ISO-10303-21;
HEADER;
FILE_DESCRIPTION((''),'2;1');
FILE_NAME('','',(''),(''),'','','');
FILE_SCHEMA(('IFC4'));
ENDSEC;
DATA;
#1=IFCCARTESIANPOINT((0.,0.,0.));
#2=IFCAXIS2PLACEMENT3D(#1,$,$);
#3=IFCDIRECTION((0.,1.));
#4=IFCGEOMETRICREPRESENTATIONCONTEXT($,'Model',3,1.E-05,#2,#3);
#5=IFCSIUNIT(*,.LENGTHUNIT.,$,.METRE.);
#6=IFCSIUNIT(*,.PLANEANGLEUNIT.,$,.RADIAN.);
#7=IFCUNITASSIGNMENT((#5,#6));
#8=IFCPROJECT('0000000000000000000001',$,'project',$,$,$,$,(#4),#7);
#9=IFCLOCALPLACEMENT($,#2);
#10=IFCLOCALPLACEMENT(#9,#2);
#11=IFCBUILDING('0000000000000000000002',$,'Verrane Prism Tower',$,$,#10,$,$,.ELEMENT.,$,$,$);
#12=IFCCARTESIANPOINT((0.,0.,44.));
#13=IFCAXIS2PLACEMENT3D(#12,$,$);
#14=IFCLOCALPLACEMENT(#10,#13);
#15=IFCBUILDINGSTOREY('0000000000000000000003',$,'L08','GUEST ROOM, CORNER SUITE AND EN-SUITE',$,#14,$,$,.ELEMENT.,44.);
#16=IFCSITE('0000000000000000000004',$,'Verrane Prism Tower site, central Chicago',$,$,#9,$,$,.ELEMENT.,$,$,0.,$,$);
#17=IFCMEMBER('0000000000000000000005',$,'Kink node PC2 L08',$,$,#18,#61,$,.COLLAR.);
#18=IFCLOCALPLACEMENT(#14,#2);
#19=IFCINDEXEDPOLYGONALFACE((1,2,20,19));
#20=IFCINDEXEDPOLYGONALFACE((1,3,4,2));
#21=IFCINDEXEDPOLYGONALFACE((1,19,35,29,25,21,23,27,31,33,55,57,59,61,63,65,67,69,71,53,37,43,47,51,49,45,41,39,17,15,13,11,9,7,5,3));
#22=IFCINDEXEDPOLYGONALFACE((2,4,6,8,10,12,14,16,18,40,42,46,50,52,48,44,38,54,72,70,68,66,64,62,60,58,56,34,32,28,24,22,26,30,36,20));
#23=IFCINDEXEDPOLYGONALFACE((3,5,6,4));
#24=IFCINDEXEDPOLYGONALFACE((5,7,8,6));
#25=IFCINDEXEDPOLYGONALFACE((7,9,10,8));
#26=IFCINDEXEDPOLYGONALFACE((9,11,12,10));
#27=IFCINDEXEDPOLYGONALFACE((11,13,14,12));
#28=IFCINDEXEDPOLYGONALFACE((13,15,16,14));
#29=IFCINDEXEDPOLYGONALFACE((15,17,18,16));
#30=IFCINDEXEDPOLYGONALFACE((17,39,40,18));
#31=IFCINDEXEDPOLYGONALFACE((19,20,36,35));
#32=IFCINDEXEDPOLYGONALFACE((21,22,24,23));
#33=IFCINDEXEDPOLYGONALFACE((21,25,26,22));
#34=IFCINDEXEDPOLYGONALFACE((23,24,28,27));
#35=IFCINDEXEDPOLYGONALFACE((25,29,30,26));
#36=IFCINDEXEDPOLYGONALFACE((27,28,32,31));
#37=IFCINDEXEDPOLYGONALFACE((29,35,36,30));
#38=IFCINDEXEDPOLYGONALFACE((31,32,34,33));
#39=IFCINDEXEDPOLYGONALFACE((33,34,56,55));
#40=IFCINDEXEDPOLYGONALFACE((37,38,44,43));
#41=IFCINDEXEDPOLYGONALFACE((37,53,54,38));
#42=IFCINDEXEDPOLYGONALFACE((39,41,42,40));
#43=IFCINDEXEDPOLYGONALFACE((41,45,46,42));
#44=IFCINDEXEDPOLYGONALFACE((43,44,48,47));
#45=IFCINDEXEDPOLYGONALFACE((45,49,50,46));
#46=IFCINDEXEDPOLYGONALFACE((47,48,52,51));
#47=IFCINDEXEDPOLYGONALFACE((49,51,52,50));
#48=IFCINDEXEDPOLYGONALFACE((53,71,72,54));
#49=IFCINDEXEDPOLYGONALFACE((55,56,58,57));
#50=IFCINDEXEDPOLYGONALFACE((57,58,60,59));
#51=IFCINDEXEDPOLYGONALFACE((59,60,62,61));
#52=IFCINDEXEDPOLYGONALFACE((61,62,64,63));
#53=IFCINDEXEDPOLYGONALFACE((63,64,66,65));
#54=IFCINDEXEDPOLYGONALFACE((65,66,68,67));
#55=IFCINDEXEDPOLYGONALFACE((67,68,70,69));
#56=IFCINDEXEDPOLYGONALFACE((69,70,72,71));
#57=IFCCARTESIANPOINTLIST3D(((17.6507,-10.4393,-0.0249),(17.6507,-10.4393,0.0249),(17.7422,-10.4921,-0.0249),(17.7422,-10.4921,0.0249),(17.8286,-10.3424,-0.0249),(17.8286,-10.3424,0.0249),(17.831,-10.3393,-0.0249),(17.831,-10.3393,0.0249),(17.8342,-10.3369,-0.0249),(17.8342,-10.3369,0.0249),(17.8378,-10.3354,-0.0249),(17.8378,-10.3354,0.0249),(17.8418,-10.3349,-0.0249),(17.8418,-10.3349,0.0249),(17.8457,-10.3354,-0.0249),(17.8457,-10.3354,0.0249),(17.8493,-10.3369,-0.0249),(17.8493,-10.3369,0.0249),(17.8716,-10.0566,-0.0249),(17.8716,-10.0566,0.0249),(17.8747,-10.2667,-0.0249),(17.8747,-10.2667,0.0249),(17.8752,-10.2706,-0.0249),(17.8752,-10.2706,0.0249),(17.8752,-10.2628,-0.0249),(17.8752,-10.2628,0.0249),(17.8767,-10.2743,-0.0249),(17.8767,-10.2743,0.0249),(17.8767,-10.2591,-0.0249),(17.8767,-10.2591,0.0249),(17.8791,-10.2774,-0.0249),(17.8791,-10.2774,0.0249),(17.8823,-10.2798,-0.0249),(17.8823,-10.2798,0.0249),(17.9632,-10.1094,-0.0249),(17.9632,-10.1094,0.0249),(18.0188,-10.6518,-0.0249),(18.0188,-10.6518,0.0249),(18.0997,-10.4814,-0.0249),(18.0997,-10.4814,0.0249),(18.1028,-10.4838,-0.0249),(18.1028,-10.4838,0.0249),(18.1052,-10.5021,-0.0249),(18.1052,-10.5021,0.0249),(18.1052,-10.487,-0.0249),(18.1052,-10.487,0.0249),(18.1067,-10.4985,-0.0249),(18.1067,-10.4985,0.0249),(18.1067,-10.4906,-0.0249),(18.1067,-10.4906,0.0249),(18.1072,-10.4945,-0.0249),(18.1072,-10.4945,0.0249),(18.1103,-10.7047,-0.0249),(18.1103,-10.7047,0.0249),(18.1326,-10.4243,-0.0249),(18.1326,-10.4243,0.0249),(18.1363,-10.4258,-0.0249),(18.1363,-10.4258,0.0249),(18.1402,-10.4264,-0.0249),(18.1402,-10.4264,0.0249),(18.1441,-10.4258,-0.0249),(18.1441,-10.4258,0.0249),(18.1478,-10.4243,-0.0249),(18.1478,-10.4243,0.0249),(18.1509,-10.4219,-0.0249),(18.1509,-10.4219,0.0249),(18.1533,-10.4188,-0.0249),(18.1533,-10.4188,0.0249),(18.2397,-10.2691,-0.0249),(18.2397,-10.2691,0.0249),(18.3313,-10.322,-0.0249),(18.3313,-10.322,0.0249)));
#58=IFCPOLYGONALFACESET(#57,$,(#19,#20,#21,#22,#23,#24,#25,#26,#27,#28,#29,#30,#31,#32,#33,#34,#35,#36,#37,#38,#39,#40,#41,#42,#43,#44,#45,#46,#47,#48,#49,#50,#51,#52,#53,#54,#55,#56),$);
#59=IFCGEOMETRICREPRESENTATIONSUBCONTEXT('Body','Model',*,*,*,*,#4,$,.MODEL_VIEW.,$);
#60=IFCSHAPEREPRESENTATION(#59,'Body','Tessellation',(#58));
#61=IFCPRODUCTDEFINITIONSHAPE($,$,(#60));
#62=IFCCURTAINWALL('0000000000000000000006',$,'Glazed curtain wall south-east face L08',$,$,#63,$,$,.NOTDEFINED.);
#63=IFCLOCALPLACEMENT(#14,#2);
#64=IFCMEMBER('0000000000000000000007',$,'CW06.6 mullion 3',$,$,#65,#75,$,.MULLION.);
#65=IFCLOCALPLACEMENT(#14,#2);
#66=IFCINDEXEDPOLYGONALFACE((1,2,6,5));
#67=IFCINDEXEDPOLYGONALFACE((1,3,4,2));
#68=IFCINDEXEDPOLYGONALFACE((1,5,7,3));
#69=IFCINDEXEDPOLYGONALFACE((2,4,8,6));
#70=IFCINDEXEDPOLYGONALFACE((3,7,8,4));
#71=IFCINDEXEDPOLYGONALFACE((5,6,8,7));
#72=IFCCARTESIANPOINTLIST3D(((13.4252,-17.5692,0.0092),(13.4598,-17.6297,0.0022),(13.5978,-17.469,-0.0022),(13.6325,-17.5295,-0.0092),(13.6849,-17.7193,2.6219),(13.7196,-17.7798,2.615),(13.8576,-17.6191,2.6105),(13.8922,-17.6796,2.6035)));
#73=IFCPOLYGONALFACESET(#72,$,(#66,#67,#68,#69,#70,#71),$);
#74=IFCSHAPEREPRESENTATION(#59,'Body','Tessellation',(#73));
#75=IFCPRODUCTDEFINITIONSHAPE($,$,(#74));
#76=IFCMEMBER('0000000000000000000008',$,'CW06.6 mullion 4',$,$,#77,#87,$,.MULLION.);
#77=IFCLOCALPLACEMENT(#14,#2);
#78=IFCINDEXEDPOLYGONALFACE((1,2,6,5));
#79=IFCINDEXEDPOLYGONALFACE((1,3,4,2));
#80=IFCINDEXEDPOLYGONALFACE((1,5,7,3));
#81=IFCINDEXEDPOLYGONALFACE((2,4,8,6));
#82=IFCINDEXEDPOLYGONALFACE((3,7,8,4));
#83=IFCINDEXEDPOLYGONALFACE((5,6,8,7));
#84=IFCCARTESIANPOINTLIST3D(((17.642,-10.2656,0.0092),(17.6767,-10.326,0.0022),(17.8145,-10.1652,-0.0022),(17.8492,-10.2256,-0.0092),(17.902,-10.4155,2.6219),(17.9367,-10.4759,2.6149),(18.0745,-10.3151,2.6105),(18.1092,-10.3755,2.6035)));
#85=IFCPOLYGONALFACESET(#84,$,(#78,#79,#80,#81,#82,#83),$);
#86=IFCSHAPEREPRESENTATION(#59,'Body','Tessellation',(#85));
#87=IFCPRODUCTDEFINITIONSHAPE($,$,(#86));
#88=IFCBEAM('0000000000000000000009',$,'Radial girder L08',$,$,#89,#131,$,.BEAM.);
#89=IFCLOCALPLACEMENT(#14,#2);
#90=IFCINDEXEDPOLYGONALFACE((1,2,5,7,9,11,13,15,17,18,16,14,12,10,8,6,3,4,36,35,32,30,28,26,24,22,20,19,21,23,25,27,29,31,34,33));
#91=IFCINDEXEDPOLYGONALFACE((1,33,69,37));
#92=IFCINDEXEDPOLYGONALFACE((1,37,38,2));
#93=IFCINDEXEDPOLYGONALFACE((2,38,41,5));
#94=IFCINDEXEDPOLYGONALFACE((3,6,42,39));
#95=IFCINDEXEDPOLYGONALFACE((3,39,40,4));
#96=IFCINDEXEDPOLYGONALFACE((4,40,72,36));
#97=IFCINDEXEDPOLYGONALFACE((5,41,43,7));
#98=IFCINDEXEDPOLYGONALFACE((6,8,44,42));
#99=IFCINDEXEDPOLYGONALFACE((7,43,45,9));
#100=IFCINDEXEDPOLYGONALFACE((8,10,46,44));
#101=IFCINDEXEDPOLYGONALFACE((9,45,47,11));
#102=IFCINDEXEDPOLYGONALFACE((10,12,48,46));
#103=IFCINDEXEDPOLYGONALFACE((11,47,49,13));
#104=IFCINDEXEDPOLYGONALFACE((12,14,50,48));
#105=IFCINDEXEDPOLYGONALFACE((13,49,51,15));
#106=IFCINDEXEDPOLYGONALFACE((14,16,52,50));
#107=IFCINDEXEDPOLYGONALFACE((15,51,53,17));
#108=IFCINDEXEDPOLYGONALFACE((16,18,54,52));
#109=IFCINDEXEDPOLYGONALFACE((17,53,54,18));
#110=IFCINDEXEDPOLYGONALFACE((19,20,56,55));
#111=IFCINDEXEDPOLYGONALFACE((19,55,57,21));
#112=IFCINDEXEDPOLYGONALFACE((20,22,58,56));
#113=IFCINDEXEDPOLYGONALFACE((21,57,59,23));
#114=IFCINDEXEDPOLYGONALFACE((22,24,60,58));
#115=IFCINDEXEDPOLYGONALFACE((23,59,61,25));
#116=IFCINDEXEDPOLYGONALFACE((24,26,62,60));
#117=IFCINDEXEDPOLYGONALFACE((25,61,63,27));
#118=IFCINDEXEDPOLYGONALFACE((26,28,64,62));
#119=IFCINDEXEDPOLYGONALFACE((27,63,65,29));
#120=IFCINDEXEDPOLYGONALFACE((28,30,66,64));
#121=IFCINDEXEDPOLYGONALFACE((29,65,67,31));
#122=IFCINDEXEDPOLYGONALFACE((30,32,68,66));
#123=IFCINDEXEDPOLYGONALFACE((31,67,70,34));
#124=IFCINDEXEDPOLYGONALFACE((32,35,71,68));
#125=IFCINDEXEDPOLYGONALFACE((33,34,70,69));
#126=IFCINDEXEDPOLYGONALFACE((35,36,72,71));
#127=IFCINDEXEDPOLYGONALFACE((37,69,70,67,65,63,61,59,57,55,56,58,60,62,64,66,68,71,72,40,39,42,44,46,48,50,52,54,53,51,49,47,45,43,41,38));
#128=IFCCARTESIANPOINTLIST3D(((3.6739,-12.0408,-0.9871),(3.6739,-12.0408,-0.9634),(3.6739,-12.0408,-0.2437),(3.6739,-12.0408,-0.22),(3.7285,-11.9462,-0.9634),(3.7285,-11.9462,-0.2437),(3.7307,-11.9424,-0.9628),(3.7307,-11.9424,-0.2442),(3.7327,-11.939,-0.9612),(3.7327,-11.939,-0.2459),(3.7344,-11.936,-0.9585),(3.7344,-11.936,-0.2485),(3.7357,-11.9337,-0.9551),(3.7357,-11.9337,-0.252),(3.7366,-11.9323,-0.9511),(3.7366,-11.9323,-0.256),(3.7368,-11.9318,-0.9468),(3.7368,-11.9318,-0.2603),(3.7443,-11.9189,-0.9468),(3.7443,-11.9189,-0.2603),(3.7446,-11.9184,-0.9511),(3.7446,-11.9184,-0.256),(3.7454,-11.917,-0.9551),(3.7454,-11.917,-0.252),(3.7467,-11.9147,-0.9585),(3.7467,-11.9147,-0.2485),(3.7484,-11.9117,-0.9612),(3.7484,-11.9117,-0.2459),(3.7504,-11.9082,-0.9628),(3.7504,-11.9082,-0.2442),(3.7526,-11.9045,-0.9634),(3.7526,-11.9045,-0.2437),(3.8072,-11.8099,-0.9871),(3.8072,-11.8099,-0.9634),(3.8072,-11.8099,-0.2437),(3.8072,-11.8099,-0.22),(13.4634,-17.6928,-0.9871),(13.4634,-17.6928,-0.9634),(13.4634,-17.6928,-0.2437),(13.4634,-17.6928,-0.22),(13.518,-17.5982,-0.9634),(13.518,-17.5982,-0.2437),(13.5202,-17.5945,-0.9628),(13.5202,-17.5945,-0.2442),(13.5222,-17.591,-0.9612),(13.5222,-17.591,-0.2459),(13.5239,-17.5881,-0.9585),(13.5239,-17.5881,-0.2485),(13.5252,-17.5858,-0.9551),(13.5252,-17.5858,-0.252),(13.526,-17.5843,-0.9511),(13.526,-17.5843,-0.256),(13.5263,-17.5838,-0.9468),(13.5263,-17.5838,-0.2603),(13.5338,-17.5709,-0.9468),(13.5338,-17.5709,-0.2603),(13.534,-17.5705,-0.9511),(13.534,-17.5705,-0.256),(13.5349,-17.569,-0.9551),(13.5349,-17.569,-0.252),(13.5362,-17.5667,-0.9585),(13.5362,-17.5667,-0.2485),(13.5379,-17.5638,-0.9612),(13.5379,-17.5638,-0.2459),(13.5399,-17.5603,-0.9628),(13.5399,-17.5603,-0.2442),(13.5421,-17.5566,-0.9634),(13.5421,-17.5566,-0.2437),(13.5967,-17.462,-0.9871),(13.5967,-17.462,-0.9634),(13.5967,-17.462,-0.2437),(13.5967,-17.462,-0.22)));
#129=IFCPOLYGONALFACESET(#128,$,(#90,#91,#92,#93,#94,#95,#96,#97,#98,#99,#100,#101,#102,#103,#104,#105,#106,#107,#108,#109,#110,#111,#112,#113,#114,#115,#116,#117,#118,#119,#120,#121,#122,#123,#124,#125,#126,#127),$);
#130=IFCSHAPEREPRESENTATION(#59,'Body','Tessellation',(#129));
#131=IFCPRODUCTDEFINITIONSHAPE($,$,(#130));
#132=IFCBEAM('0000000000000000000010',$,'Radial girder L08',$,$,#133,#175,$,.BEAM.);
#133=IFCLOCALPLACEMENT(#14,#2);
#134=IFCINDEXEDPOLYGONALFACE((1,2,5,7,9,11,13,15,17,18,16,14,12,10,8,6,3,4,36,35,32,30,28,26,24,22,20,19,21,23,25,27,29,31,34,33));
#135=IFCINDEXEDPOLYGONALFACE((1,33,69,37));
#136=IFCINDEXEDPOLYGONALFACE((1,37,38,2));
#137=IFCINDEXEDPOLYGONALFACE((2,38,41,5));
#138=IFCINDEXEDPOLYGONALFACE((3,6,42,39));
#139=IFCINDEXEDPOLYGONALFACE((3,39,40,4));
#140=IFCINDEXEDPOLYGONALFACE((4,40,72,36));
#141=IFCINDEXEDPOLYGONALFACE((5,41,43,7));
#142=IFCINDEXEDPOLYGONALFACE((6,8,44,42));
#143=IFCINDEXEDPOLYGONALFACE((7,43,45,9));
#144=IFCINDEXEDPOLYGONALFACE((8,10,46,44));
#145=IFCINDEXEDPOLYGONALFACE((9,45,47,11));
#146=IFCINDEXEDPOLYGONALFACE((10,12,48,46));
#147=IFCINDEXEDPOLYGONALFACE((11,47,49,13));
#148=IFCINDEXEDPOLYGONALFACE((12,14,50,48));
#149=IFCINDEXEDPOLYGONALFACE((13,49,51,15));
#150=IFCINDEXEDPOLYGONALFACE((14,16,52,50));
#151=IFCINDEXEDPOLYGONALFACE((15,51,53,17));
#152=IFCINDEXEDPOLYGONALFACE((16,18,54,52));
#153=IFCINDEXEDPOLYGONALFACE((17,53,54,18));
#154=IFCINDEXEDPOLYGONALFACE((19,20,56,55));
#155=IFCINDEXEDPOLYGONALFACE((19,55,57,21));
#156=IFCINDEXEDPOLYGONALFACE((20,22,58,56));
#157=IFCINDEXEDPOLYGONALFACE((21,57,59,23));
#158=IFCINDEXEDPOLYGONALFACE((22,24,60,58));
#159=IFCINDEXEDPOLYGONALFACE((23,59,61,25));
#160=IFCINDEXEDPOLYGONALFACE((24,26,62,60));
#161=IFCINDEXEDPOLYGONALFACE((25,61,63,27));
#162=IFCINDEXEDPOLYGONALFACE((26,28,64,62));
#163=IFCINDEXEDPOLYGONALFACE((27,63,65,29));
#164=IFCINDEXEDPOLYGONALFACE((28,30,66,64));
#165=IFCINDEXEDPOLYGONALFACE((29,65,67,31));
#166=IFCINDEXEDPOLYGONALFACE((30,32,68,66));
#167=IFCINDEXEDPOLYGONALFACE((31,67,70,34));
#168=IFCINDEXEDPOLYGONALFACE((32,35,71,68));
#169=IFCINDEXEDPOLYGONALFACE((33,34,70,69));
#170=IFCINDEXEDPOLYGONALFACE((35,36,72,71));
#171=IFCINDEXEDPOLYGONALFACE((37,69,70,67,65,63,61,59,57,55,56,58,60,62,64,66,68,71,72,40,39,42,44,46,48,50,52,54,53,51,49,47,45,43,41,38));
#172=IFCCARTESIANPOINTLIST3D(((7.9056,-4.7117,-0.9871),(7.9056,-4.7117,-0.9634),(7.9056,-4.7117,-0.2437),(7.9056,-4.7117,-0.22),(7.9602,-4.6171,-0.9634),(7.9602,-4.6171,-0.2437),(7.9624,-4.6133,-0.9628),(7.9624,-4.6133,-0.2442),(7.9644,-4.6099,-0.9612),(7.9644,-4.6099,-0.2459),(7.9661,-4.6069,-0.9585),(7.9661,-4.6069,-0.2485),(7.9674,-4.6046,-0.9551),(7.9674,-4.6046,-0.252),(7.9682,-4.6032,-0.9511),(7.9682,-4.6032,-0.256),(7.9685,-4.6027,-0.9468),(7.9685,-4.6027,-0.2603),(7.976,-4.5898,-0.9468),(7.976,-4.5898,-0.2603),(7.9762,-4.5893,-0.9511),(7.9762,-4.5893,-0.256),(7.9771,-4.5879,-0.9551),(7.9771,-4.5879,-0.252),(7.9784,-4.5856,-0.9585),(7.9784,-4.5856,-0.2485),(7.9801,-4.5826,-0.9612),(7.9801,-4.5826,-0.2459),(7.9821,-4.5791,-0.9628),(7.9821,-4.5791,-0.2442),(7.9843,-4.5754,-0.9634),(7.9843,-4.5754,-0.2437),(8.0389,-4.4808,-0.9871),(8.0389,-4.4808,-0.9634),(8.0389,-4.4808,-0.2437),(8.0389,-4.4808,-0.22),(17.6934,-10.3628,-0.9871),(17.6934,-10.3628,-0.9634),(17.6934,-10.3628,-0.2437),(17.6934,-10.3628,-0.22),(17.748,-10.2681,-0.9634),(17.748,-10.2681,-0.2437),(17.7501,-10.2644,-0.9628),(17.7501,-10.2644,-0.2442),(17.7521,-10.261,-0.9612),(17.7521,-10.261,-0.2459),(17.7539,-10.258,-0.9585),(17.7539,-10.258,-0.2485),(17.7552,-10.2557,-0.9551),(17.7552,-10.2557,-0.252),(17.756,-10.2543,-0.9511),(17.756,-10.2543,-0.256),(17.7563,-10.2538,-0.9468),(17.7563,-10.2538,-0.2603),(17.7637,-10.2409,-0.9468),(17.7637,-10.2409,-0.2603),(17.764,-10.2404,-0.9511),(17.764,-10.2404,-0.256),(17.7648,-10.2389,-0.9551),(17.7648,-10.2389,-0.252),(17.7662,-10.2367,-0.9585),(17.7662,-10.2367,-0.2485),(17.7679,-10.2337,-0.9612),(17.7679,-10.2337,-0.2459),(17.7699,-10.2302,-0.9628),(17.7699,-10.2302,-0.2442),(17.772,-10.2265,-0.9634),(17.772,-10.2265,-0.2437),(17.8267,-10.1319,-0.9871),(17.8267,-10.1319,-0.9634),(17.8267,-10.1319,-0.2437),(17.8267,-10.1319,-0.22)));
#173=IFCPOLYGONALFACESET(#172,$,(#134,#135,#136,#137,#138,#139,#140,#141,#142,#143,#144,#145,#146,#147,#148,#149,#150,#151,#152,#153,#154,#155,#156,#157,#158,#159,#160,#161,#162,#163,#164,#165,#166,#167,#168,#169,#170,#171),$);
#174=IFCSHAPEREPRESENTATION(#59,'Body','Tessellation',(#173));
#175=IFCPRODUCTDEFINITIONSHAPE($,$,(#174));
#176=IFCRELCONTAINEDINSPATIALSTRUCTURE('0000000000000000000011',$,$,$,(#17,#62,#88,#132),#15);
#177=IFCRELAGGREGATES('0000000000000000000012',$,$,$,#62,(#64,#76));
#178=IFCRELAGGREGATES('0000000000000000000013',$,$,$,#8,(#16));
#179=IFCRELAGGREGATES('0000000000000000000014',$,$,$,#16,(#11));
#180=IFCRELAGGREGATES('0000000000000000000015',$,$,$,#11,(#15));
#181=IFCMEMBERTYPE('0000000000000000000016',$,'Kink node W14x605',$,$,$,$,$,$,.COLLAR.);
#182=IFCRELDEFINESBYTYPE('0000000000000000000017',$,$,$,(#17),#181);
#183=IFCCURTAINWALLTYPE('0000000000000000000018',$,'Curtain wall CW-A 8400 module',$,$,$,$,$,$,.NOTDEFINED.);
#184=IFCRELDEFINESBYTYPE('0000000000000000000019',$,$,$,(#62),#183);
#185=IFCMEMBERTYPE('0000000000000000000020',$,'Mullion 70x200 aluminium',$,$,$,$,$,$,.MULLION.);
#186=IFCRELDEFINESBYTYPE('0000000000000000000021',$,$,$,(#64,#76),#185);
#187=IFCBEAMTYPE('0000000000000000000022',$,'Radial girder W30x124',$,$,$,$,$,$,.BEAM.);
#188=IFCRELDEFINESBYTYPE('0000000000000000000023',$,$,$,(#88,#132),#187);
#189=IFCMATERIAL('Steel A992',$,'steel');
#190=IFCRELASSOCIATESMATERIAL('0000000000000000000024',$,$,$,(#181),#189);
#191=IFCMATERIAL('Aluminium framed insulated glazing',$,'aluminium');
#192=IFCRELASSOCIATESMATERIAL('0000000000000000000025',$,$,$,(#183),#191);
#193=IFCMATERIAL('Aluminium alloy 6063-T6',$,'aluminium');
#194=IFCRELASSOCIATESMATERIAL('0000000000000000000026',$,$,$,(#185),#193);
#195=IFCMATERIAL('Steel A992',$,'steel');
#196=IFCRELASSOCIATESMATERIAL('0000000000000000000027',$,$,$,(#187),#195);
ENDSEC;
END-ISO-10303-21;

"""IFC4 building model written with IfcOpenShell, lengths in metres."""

from ifc_helpers import new_model, si_unit, direction, frame, origin, origin_2d, place, context, subcontext, project, spatial, rectangle, i_section, extrude, material, material_profile, profile_set, type_object, element, aggregate, save


model = new_model("IFC4")

# Units and contexts
model_context = context("Model", 3, precision=1e-05, world=origin(), true_north=direction((0.0, 1.0)))
body_context = subcontext(model_context, "Body", "Model", "MODEL_VIEW")
ifc_project = project(units=[si_unit("LENGTHUNIT", "METRE"), si_unit("PLANEANGLEUNIT", "RADIAN")], contexts=[model_context])

# Site, building, storey
site_placement = place(None, origin())
site = spatial("IfcSite", under=ifc_project, at=site_placement, Name="Verrane Prism Tower site, central Chicago", CompositionType="ELEMENT", RefElevation=0.0)
building_placement = place(site_placement, origin())
building = spatial("IfcBuilding", under=site, at=building_placement, Name="Verrane Prism Tower", CompositionType="ELEMENT")
storey_placement = place(building_placement, frame((0.0, 0.0, 44.0)))
storey = spatial("IfcBuildingStorey", under=building, at=storey_placement, Name="L08", Description="GUEST ROOM, CORNER SUITE AND EN-SUITE", CompositionType="ELEMENT", Elevation=44.0)

# Member
ifc_material_1 = material(Name="Steel A992", Category="steel")
ifc_material_profile_1 = material_profile(ifc_material_1, i_section(OverallWidth=0.4419, OverallDepth=0.5308, WebThickness=0.0659, FlangeThickness=0.1057, FilletRadius=0.0151, at=origin_2d()), Name="W14x605")
ifc_profile_set_1 = profile_set([ifc_material_profile_1], Name="Steel A992")
member_type_1 = type_object("IfcMemberType", Name="Kink node W14x605", PredefinedType="COLLAR", material=ifc_profile_set_1)
member_1_placement = place(storey_placement, frame((17.991, -10.3806, -0.0249), z_axis=(0.0, 0.0, 1.0), x_axis=(-0.5, -0.866025, 0.0)))
element("IfcMember", 1, at=member_1_placement, inside=storey, type_object=member_type_1, Name="Kink node PC2 L08", PredefinedType="COLLAR", context=body_context, shape_type="SweptSolid", body=[
    extrude(i_section(OverallWidth=0.4419, OverallDepth=0.5308, WebThickness=0.0659, FlangeThickness=0.1057, FilletRadius=0.0151, at=origin_2d()), origin(), (0.0, 0.0, 1.0), 0.0498),
])

# Curtain wall, members
ifc_material_2 = material(Name="Aluminium framed insulated glazing", Category="aluminium")
curtain_wall_type = type_object("IfcCurtainWallType", Name="Curtain wall CW-A 8400 module", PredefinedType="NOTDEFINED", material=ifc_material_2)
curtain_wall_placement = place(storey_placement, origin())
curtain_wall = element("IfcCurtainWall", 2, at=curtain_wall_placement, inside=storey, type_object=curtain_wall_type, Name="Glazed curtain wall south-east face L08", PredefinedType="NOTDEFINED")
ifc_material_3 = material(Name="Aluminium alloy 6063-T6", Category="aluminium")
ifc_material_profile_2 = material_profile(ifc_material_3, rectangle(XDim=0.2, YDim=0.0701, at=origin_2d()), Name="Mullion 70x200 aluminium")
ifc_profile_set_2 = profile_set([ifc_material_profile_2], Name="Aluminium alloy 6063-T6")
member_type_2 = type_object("IfcMemberType", Name="Mullion 70x200 aluminium", PredefinedType="MULLION", material=ifc_profile_set_2)
member_2_placement = place(storey_placement, frame((13.5288, -17.5493, 0.0), z_axis=(0.098772, -0.057091, 0.993471), x_axis=(-0.863446, -0.501206, 0.057042)))
member_2 = element("IfcMember", 3, at=member_2_placement, type_object=member_type_2, Name="CW06.6 mullion 3", PredefinedType="MULLION", context=body_context, shape_type="SweptSolid", body=[
    extrude(rectangle(XDim=0.2, YDim=0.0701, at=origin_2d()), origin(), (0.0, 0.0, 1.0), 2.6299),
])
member_3_placement = place(storey_placement, frame((17.7456, -10.2456, 0.0), z_axis=(0.098864, -0.056998, 0.993467), x_axis=(-0.862886, -0.502167, 0.057059)))
member_3 = element("IfcMember", 4, at=member_3_placement, type_object=member_type_2, Name="CW06.6 mullion 4", PredefinedType="MULLION", context=body_context, shape_type="SweptSolid", body=[
    extrude(rectangle(XDim=0.2, YDim=0.0701, at=origin_2d()), origin(), (0.0, 0.0, 1.0), 2.6299),
])

# Beams
ifc_material_4 = material(Name="Steel A992", Category="steel")
ifc_material_profile_3 = material_profile(ifc_material_4, i_section(OverallWidth=0.2666, OverallDepth=0.7671, WebThickness=0.0149, FlangeThickness=0.0237, FilletRadius=0.0166, at=origin_2d()), Name="W30x124")
ifc_profile_set_3 = profile_set([ifc_material_profile_3], Name="Steel A992")
beam_type_1 = type_object("IfcBeamType", Name="Radial girder W30x124", PredefinedType="BEAM", material=ifc_profile_set_3)
beam_1_placement = place(storey_placement, frame((13.53, -17.5774, -0.6035), z_axis=(-0.866022, 0.500007, 0.0), x_axis=(-0.500007, -0.866022, 0.0)))
element("IfcBeam", 5, at=beam_1_placement, inside=storey, type_object=beam_type_1, Name="Radial girder L08", PredefinedType="BEAM", context=body_context, shape_type="SweptSolid", body=[
    extrude(i_section(OverallWidth=0.2666, OverallDepth=0.7671, WebThickness=0.0149, FlangeThickness=0.0237, FilletRadius=0.0166, at=origin_2d()), origin(), (0.0, 0.0, 1.0), 11.304),
])
beam_2_placement = place(storey_placement, frame((17.76, -10.2473, -0.6035), z_axis=(-0.866021, 0.500007, 0.0), x_axis=(-0.500007, -0.866021, 0.0)))
element("IfcBeam", 6, at=beam_2_placement, inside=storey, type_object=beam_type_1, Name="Radial girder L08", PredefinedType="BEAM", context=body_context, shape_type="SweptSolid", body=[
    extrude(i_section(OverallWidth=0.2666, OverallDepth=0.7671, WebThickness=0.0149, FlangeThickness=0.0237, FilletRadius=0.0166, at=origin_2d()), origin(), (0.0, 0.0, 1.0), 11.302),
])

aggregate(curtain_wall, [member_2, member_3])

save(model, "model.ifc")
